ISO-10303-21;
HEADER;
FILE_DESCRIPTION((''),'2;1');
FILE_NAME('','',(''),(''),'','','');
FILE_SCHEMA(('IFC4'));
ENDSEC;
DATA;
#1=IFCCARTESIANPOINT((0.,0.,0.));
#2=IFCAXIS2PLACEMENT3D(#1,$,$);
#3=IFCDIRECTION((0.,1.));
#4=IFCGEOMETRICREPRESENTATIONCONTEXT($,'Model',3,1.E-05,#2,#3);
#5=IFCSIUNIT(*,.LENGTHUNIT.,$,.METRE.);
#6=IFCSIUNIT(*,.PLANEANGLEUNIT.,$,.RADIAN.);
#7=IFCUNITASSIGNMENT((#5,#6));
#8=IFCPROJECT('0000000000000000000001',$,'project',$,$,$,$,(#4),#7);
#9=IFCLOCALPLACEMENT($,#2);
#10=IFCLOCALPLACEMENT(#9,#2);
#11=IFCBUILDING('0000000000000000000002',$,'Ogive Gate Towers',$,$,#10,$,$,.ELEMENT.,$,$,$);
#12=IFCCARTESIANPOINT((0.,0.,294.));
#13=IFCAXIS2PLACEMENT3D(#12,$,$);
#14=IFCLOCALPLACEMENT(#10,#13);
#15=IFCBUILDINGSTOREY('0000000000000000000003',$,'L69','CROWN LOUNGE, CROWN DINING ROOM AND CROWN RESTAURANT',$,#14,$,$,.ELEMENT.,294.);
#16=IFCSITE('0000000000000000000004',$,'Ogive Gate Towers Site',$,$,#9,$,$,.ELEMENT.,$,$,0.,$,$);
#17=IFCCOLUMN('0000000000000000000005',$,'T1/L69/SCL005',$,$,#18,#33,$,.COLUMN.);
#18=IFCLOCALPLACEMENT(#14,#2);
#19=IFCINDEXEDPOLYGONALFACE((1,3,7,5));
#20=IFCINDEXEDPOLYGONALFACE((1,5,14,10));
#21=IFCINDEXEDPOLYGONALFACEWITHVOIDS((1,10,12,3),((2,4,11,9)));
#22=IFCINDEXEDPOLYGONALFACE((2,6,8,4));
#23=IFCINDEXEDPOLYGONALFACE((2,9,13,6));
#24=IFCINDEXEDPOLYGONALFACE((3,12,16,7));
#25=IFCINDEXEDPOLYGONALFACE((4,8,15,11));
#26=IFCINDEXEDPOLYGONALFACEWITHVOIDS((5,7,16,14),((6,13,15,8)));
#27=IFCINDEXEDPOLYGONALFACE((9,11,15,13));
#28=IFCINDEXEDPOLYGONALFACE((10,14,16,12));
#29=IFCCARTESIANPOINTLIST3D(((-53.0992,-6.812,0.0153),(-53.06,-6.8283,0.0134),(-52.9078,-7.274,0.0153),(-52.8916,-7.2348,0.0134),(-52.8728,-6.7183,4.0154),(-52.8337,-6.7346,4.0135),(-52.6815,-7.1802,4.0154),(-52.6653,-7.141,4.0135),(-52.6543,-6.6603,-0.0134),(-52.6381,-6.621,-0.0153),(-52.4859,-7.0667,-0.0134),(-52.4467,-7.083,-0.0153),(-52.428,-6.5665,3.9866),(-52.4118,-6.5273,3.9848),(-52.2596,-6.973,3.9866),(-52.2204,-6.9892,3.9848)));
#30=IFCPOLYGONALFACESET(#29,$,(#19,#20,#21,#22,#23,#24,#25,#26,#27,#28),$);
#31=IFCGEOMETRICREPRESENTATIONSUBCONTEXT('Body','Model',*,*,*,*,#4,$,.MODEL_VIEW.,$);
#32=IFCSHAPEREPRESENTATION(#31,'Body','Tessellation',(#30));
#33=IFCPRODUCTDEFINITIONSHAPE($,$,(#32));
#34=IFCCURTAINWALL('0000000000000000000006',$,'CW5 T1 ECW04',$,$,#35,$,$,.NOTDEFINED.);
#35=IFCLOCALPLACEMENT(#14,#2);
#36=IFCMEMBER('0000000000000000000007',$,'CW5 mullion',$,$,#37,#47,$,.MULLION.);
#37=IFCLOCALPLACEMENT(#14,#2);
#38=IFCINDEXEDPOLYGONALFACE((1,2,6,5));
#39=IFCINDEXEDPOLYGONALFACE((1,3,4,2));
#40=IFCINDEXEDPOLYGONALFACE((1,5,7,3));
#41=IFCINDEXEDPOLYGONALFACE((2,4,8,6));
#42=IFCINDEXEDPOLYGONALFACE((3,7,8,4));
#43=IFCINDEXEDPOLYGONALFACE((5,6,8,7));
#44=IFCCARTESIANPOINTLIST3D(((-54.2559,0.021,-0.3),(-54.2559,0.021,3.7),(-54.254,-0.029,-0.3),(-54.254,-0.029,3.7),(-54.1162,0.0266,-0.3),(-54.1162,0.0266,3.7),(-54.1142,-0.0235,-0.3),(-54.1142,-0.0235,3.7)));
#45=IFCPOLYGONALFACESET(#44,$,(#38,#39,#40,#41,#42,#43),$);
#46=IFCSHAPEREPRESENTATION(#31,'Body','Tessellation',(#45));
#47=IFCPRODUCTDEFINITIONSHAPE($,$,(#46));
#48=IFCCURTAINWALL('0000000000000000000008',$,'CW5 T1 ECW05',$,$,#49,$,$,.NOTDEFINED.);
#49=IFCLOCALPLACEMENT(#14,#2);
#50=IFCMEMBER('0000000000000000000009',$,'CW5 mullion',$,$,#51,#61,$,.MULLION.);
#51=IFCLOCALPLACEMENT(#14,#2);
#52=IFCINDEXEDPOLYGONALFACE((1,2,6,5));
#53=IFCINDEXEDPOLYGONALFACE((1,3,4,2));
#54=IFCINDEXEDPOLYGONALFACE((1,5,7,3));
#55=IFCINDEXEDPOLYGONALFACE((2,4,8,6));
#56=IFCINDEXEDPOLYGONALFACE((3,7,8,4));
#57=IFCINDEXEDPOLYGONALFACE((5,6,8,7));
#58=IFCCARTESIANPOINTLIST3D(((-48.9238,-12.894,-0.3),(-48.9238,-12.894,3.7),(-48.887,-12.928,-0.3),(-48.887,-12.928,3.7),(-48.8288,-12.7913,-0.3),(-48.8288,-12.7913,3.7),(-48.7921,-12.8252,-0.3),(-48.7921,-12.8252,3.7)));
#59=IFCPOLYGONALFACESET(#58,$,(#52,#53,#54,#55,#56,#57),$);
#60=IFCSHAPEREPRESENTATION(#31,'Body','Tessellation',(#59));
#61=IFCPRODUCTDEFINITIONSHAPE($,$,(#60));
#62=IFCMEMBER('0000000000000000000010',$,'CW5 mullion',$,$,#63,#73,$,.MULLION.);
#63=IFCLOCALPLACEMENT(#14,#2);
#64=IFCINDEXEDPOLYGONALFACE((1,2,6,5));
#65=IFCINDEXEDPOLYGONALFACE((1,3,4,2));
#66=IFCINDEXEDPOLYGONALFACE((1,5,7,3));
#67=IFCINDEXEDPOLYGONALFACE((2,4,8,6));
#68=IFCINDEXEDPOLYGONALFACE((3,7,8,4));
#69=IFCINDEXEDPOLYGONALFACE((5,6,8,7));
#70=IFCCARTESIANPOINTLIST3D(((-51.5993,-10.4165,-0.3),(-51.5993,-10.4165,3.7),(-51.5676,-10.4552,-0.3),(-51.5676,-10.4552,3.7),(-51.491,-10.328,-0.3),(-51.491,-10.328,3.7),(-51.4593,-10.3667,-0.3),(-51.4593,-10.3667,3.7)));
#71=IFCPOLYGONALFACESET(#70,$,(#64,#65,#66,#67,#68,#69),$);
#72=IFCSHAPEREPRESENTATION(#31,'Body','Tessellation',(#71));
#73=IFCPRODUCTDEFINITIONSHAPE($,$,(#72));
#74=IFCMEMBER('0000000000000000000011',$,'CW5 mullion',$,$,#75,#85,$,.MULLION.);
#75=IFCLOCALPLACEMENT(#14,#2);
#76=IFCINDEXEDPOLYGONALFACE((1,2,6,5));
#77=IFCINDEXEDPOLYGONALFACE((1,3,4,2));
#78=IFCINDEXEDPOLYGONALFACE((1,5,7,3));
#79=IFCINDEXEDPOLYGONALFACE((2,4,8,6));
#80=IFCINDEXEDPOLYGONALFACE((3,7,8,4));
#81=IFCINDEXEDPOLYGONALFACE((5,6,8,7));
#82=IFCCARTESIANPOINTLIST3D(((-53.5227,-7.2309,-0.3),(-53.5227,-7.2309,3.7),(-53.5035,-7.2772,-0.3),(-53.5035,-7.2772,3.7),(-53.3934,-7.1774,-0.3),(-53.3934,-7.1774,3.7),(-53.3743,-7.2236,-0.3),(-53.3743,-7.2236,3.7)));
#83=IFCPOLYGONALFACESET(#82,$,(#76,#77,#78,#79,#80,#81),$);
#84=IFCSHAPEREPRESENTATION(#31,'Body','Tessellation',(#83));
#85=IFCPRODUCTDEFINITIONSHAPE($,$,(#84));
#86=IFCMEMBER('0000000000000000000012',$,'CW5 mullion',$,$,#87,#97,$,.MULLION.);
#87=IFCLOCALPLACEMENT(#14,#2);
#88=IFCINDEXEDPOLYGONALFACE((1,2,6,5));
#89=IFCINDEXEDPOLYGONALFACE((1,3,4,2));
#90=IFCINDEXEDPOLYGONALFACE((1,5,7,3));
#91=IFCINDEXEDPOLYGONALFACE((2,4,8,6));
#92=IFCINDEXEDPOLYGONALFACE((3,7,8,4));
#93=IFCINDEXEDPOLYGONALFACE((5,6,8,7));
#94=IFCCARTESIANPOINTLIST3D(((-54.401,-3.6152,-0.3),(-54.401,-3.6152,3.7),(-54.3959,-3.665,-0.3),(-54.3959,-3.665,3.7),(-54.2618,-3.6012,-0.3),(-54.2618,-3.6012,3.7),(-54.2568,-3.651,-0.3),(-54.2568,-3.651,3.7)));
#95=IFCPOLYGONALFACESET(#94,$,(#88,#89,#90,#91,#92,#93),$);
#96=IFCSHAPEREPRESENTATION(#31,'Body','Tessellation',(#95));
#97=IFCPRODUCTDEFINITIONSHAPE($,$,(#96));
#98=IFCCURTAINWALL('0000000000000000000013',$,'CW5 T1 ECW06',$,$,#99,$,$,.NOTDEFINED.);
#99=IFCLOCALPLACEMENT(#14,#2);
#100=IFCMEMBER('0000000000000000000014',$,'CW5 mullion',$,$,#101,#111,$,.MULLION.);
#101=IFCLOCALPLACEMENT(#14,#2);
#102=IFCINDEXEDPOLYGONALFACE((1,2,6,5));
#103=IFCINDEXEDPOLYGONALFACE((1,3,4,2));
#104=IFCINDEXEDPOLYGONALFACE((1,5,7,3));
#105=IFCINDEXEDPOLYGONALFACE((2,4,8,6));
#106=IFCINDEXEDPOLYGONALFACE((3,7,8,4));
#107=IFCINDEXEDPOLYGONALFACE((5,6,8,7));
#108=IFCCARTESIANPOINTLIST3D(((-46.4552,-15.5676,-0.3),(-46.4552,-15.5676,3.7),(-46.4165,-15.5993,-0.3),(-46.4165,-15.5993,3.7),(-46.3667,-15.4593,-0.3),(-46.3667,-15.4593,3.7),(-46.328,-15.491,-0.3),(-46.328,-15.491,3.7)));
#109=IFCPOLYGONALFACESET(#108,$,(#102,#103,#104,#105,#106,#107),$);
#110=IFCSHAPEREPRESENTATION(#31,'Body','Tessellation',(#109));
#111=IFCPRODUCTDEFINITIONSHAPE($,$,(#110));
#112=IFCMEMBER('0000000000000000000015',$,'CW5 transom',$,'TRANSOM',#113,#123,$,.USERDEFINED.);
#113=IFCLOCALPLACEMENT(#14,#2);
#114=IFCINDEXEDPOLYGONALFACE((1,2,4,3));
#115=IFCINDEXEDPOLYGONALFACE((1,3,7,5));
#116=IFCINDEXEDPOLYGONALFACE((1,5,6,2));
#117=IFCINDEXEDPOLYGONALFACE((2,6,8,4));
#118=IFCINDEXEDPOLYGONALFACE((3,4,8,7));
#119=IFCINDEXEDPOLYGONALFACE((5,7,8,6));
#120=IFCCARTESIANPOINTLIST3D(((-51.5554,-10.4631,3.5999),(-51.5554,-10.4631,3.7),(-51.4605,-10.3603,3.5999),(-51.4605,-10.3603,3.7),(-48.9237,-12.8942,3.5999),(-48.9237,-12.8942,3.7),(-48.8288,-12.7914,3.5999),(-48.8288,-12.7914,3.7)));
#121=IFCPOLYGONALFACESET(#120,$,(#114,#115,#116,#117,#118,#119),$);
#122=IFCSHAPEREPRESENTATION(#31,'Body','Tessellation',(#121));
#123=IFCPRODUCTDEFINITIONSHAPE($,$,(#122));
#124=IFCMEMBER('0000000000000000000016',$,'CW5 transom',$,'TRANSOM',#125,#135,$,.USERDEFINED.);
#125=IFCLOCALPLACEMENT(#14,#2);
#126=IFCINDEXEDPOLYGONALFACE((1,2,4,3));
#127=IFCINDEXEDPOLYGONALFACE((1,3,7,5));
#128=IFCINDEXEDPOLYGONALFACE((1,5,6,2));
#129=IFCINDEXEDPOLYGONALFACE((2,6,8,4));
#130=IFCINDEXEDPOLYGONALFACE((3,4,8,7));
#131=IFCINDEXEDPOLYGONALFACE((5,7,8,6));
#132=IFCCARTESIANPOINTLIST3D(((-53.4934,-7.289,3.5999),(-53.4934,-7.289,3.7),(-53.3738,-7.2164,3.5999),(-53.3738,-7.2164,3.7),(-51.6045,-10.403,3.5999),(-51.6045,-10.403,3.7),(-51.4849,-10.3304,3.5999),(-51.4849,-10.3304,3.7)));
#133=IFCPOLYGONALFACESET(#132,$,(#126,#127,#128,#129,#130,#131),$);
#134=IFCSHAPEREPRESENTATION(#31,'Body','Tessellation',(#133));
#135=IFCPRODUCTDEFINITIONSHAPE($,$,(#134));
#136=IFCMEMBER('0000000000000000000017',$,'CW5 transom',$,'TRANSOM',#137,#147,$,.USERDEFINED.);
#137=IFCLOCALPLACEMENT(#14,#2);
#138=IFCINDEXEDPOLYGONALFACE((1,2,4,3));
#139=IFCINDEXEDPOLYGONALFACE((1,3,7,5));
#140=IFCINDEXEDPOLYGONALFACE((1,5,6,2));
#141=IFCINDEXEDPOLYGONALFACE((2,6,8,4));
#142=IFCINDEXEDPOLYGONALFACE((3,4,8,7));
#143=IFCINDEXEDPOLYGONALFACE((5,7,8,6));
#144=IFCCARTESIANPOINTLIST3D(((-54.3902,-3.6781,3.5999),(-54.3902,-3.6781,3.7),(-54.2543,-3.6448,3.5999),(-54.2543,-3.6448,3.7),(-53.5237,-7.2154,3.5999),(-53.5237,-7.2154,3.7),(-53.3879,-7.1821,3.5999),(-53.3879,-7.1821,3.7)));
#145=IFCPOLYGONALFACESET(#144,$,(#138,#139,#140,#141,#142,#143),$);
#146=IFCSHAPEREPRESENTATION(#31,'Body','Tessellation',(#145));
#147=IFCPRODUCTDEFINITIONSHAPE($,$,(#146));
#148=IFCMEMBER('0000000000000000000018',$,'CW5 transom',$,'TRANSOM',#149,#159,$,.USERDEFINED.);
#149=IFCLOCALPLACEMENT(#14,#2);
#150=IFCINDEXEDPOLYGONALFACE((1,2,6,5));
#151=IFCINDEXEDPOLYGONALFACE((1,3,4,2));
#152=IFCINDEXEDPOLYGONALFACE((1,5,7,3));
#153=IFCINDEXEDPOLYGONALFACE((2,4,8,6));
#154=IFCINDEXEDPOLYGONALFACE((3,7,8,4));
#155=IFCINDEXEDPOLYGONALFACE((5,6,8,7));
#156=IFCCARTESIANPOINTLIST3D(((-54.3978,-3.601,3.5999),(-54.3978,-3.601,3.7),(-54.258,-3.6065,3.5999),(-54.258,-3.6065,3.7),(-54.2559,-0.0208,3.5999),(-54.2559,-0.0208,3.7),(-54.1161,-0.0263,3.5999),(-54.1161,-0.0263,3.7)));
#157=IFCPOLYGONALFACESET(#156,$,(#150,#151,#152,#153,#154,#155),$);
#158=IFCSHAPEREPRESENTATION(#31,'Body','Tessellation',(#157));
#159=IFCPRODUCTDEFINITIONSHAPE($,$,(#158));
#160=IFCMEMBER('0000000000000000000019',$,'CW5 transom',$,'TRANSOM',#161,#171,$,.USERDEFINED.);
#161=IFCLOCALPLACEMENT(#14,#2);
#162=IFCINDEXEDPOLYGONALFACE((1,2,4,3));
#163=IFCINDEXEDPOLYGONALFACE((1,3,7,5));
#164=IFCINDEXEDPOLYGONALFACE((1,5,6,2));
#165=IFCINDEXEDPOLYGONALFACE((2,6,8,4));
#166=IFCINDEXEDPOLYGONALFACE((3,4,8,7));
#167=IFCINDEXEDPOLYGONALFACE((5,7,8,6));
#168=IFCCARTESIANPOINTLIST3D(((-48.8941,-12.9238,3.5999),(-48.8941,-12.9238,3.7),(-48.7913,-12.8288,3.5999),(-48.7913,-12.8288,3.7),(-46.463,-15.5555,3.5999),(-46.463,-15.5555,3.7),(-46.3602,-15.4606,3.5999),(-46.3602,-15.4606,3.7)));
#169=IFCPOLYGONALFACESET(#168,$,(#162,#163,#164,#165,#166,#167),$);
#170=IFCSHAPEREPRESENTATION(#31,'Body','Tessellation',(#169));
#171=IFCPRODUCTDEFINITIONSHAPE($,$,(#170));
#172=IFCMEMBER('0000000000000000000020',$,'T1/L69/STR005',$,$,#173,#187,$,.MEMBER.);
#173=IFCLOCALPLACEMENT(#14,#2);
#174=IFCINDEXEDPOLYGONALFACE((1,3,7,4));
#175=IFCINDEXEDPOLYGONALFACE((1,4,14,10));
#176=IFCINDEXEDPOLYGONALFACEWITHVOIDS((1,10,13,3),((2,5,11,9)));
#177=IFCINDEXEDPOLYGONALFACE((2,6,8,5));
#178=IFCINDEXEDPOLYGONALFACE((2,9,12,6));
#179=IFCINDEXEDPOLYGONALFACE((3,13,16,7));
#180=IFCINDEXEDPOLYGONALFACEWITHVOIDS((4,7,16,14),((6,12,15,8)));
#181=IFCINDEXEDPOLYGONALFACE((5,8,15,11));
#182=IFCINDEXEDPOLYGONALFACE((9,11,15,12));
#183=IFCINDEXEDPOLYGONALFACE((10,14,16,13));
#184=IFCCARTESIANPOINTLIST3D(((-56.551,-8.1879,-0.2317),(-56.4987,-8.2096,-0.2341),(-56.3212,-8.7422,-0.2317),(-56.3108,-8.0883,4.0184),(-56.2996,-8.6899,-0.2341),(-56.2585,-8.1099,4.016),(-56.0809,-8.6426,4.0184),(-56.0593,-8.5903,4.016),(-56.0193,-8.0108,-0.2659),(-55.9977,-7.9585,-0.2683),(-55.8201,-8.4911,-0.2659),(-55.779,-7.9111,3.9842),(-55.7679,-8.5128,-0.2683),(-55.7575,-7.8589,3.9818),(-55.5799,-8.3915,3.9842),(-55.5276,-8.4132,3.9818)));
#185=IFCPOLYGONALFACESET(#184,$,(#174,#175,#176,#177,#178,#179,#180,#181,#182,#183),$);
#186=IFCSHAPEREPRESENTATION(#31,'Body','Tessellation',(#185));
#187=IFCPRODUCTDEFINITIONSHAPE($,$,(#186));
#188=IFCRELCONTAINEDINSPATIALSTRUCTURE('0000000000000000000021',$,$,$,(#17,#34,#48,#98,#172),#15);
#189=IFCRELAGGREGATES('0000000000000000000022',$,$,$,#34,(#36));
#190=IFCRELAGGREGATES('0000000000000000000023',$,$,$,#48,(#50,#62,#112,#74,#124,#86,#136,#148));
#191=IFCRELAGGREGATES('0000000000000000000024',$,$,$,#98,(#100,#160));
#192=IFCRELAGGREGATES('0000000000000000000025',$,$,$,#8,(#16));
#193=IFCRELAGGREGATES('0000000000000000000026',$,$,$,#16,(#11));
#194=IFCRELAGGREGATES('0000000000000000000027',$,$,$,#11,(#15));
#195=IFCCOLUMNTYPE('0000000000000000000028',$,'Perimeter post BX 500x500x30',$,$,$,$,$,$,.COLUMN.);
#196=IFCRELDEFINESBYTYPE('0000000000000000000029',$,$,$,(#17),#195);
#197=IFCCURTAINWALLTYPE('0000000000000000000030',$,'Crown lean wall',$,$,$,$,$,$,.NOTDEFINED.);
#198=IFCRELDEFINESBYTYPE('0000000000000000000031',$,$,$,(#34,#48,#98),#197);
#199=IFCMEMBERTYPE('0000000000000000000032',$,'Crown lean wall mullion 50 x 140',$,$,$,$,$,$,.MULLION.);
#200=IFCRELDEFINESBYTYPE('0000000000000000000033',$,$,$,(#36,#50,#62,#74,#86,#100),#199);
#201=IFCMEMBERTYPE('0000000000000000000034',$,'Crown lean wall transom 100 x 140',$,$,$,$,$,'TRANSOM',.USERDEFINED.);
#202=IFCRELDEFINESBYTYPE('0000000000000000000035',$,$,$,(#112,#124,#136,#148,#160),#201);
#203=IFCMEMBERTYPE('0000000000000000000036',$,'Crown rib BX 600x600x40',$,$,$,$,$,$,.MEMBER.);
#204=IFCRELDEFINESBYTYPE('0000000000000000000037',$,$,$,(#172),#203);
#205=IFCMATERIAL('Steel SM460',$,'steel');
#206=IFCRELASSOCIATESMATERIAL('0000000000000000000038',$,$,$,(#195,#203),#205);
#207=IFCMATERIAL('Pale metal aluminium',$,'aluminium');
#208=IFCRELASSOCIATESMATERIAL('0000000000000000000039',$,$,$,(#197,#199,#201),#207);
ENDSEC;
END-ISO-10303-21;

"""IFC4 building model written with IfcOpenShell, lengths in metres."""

from ifc_helpers import new_model, si_unit, direction, frame, origin, origin_2d, place, context, subcontext, project, spatial, rectangle, hollow_rectangle, extrude, material, material_profile, profile_set, type_object, element, aggregate, save


model = new_model("IFC4")

# Units and contexts
model_context = context("Model", 3, precision=1e-05, world=origin(), true_north=direction((0.0, 1.0)))
body_context = subcontext(model_context, "Body", "Model", "MODEL_VIEW")
ifc_project = project(units=[si_unit("LENGTHUNIT", "METRE"), si_unit("PLANEANGLEUNIT", "RADIAN")], contexts=[model_context])

# Site, building, storey
site_placement = place(None, origin())
site = spatial("IfcSite", under=ifc_project, at=site_placement, Name="Ogive Gate Towers Site", CompositionType="ELEMENT", RefElevation=0.0)
building_placement = place(site_placement, origin())
building = spatial("IfcBuilding", under=site, at=building_placement, Name="Ogive Gate Towers", CompositionType="ELEMENT")
storey_placement = place(building_placement, frame((0.0, 0.0, 294.0)))
storey = spatial("IfcBuildingStorey", under=building, at=storey_placement, Name="L69", Description="CROWN LOUNGE, CROWN DINING ROOM AND CROWN RESTAURANT", CompositionType="ELEMENT", Elevation=294.0)

# Column
ifc_material_1 = material(Name="Steel SM460", Category="steel")
ifc_material_profile_1 = material_profile(ifc_material_1, hollow_rectangle(XDim=0.5, YDim=0.5, WallThickness=0.03, at=origin_2d()), Name="BX 500x500x30")
ifc_profile_set_1 = profile_set([ifc_material_profile_1], Name="Steel SM460")
column_type = type_object("IfcColumnType", Name="Perimeter post BX 500x500x30", PredefinedType="COLUMN", material=ifc_profile_set_1)
column_placement = place(storey_placement, frame((-52.7729, -6.9475, 0.0), z_axis=(0.056474, 0.023394, 0.99813), x_axis=(-0.382704, 0.923871, 0.0)))
element("IfcColumn", 1, at=column_placement, inside=storey, type_object=column_type, Name="T1/L69/SCL005", PredefinedType="COLUMN", context=body_context, shape_type="SweptSolid", body=[
    extrude(hollow_rectangle(XDim=0.5, YDim=0.5, WallThickness=0.03, at=origin_2d()), origin(), (0.0, 0.0, 1.0), 4.0076),
])

# Curtain wall, member
ifc_material_2 = material(Name="Pale metal aluminium", Category="aluminium")
curtain_wall_type = type_object("IfcCurtainWallType", Name="Crown lean wall", PredefinedType="NOTDEFINED", material=ifc_material_2)
curtain_wall_1_placement = place(storey_placement, origin())
curtain_wall_1 = element("IfcCurtainWall", 2, at=curtain_wall_1_placement, inside=storey, type_object=curtain_wall_type, Name="CW5 T1 ECW04", PredefinedType="NOTDEFINED")
ifc_material_profile_2 = material_profile(ifc_material_2, rectangle(XDim=0.1399, YDim=0.05, at=origin_2d()), Name="50 x 140 aluminium box")
ifc_profile_set_2 = profile_set([ifc_material_profile_2], Name="Pale metal aluminium")
member_type_1 = type_object("IfcMemberType", Name="Crown lean wall mullion 50 x 140", PredefinedType="MULLION", material=ifc_profile_set_2)
member_1_placement = place(storey_placement, frame((-54.1851, -0.0012, -0.3), z_axis=(0.0, 0.0, 1.0), x_axis=(0.999215, 0.039609, 0.0)))
member_1 = element("IfcMember", 3, at=member_1_placement, type_object=member_type_1, Name="CW5 mullion", PredefinedType="MULLION", context=body_context, shape_type="SweptSolid", body=[
    extrude(rectangle(XDim=0.1399, YDim=0.05, at=origin_2d()), origin(), (0.0, 0.0, 1.0), 4.0),
])
aggregate(curtain_wall_1, [member_1])

# Curtain wall, members
curtain_wall_2_placement = place(storey_placement, origin())
curtain_wall_2 = element("IfcCurtainWall", 4, at=curtain_wall_2_placement, inside=storey, type_object=curtain_wall_type, Name="CW5 T1 ECW05", PredefinedType="NOTDEFINED")
member_2_placement = place(storey_placement, frame((-48.8579, -12.8596, -0.3), z_axis=(0.0, 0.0, 1.0), x_axis=(0.678557, 0.734548, 0.0)))
member_2 = element("IfcMember", 5, at=member_2_placement, type_object=member_type_1, Name="CW5 mullion", PredefinedType="MULLION", context=body_context, shape_type="SweptSolid", body=[
    extrude(rectangle(XDim=0.1399, YDim=0.05, at=origin_2d()), origin(), (0.0, 0.0, 1.0), 4.0),
])
member_3_placement = place(storey_placement, frame((-51.5293, -10.3916, -0.3), z_axis=(0.0, 0.0, 1.0), x_axis=(0.774348, 0.632759, 0.0)))
member_3 = element("IfcMember", 6, at=member_3_placement, type_object=member_type_1, Name="CW5 mullion", PredefinedType="MULLION", context=body_context, shape_type="SweptSolid", body=[
    extrude(rectangle(XDim=0.1399, YDim=0.05, at=origin_2d()), origin(), (0.0, 0.0, 1.0), 4.0),
])
member_4_placement = place(storey_placement, frame((-53.4485, -7.2273, -0.3), z_axis=(0.0, 0.0, 1.0), x_axis=(0.92388, 0.382683, 0.0)))
member_4 = element("IfcMember", 7, at=member_4_placement, type_object=member_type_1, Name="CW5 mullion", PredefinedType="MULLION", context=body_context, shape_type="SweptSolid", body=[
    extrude(rectangle(XDim=0.1399, YDim=0.05, at=origin_2d()), origin(), (0.0, 0.0, 1.0), 4.0),
])
member_5_placement = place(storey_placement, frame((-54.3289, -3.6331, -0.3), z_axis=(0.0, 0.0, 1.0), x_axis=(0.994977, 0.100101, 0.0)))
member_5 = element("IfcMember", 8, at=member_5_placement, type_object=member_type_1, Name="CW5 mullion", PredefinedType="MULLION", context=body_context, shape_type="SweptSolid", body=[
    extrude(rectangle(XDim=0.1399, YDim=0.05, at=origin_2d()), origin(), (0.0, 0.0, 1.0), 4.0),
])

# Curtain wall, member
curtain_wall_3_placement = place(storey_placement, origin())
curtain_wall_3 = element("IfcCurtainWall", 9, at=curtain_wall_3_placement, inside=storey, type_object=curtain_wall_type, Name="CW5 T1 ECW06", PredefinedType="NOTDEFINED")
member_6_placement = place(storey_placement, frame((-46.3916, -15.5293, -0.3), z_axis=(0.0, 0.0, 1.0), x_axis=(0.632759, 0.774348, 0.0)))
member_6 = element("IfcMember", 10, at=member_6_placement, type_object=member_type_1, Name="CW5 mullion", PredefinedType="MULLION", context=body_context, shape_type="SweptSolid", body=[
    extrude(rectangle(XDim=0.1399, YDim=0.05, at=origin_2d()), origin(), (0.0, 0.0, 1.0), 4.0),
])

# Members
ifc_material_profile_3 = material_profile(ifc_material_2, rectangle(XDim=0.1399, YDim=0.1001, at=origin_2d()), Name="100 x 140 aluminium box")
ifc_profile_set_3 = profile_set([ifc_material_profile_3], Name="Pale metal aluminium")
member_type_2 = type_object("IfcMemberType", Name="Crown lean wall transom 100 x 140", ElementType="TRANSOM", PredefinedType="USERDEFINED", material=ifc_profile_set_3)
member_7_placement = place(storey_placement, frame((-48.8762, -12.8428, 3.6499), z_axis=(-0.734558, 0.678546, 0.0), x_axis=(-0.678546, -0.734558, 0.0)))
member_7 = element("IfcMember", 11, at=member_7_placement, type_object=member_type_2, Name="CW5 transom", ObjectType="TRANSOM", PredefinedType="USERDEFINED", context=body_context, shape_type="SweptSolid", body=[
    extrude(rectangle(XDim=0.1399, YDim=0.1001, at=origin_2d()), origin(), (0.0, 0.0, 1.0), 3.5828),
])
member_8_placement = place(storey_placement, frame((-51.5447, -10.3667, 3.6499), z_axis=(-0.51863, 0.854999, 0.0), x_axis=(-0.854999, -0.51863, 0.0)))
member_8 = element("IfcMember", 12, at=member_8_placement, type_object=member_type_2, Name="CW5 transom", ObjectType="TRANSOM", PredefinedType="USERDEFINED", context=body_context, shape_type="SweptSolid", body=[
    extrude(rectangle(XDim=0.1399, YDim=0.1001, at=origin_2d()), origin(), (0.0, 0.0, 1.0), 3.6421),
])
member_9_placement = place(storey_placement, frame((-53.4558, -7.1987, 3.6499), z_axis=(-0.237911, 0.971287, 0.0), x_axis=(-0.971287, -0.237911, 0.0)))
member_9 = element("IfcMember", 13, at=member_9_placement, type_object=member_type_2, Name="CW5 transom", ObjectType="TRANSOM", PredefinedType="USERDEFINED", context=body_context, shape_type="SweptSolid", body=[
    extrude(rectangle(XDim=0.1399, YDim=0.1001, at=origin_2d()), origin(), (0.0, 0.0, 1.0), 3.6418),
])
member_10_placement = place(storey_placement, frame((-54.3279, -3.6038, 3.6499), z_axis=(0.03959, 0.999216, 0.0), x_axis=(-0.999216, 0.03959, 0.0)))
member_10 = element("IfcMember", 14, at=member_10_placement, type_object=member_type_2, Name="CW5 transom", ObjectType="TRANSOM", PredefinedType="USERDEFINED", context=body_context, shape_type="SweptSolid", body=[
    extrude(rectangle(XDim=0.1399, YDim=0.1001, at=origin_2d()), origin(), (0.0, 0.0, 1.0), 3.583),
])
member_11_placement = place(storey_placement, frame((-46.4116, -15.5081, 3.6499), z_axis=(-0.678546, 0.734558, 0.0), x_axis=(-0.734558, -0.678546, 0.0)))
member_11 = element("IfcMember", 15, at=member_11_placement, type_object=member_type_2, Name="CW5 transom", ObjectType="TRANSOM", PredefinedType="USERDEFINED", context=body_context, shape_type="SweptSolid", body=[
    extrude(rectangle(XDim=0.1399, YDim=0.1001, at=origin_2d()), origin(), (0.0, 0.0, 1.0), 3.5828),
])
ifc_material_profile_4 = material_profile(ifc_material_1, hollow_rectangle(XDim=0.6001, YDim=0.6001, WallThickness=0.04, at=origin_2d()), Name="BX 600x600x40")
ifc_profile_set_4 = profile_set([ifc_material_profile_4], Name="Steel SM460")
member_type_3 = type_object("IfcMemberType", Name="Crown rib BX 600x600x40", PredefinedType="MEMBER", material=ifc_profile_set_4)
member_12_placement = place(storey_placement, frame((-56.1594, -8.3503, -0.25), z_axis=(0.05642, 0.023394, 0.998133), x_axis=(-0.383015, 0.923742, 0.0)))
element("IfcMember", 16, at=member_12_placement, inside=storey, type_object=member_type_3, Name="T1/L69/STR005", PredefinedType="MEMBER", context=body_context, shape_type="SweptSolid", body=[
    extrude(hollow_rectangle(XDim=0.6001, YDim=0.6001, WallThickness=0.04, at=origin_2d()), origin(), (0.0, 0.0, 1.0), 4.2581),
])

aggregate(curtain_wall_2, [member_2, member_3, member_7, member_4, member_8, member_5, member_9, member_10])
aggregate(curtain_wall_3, [member_6, member_11])

save(model, "model.ifc")
